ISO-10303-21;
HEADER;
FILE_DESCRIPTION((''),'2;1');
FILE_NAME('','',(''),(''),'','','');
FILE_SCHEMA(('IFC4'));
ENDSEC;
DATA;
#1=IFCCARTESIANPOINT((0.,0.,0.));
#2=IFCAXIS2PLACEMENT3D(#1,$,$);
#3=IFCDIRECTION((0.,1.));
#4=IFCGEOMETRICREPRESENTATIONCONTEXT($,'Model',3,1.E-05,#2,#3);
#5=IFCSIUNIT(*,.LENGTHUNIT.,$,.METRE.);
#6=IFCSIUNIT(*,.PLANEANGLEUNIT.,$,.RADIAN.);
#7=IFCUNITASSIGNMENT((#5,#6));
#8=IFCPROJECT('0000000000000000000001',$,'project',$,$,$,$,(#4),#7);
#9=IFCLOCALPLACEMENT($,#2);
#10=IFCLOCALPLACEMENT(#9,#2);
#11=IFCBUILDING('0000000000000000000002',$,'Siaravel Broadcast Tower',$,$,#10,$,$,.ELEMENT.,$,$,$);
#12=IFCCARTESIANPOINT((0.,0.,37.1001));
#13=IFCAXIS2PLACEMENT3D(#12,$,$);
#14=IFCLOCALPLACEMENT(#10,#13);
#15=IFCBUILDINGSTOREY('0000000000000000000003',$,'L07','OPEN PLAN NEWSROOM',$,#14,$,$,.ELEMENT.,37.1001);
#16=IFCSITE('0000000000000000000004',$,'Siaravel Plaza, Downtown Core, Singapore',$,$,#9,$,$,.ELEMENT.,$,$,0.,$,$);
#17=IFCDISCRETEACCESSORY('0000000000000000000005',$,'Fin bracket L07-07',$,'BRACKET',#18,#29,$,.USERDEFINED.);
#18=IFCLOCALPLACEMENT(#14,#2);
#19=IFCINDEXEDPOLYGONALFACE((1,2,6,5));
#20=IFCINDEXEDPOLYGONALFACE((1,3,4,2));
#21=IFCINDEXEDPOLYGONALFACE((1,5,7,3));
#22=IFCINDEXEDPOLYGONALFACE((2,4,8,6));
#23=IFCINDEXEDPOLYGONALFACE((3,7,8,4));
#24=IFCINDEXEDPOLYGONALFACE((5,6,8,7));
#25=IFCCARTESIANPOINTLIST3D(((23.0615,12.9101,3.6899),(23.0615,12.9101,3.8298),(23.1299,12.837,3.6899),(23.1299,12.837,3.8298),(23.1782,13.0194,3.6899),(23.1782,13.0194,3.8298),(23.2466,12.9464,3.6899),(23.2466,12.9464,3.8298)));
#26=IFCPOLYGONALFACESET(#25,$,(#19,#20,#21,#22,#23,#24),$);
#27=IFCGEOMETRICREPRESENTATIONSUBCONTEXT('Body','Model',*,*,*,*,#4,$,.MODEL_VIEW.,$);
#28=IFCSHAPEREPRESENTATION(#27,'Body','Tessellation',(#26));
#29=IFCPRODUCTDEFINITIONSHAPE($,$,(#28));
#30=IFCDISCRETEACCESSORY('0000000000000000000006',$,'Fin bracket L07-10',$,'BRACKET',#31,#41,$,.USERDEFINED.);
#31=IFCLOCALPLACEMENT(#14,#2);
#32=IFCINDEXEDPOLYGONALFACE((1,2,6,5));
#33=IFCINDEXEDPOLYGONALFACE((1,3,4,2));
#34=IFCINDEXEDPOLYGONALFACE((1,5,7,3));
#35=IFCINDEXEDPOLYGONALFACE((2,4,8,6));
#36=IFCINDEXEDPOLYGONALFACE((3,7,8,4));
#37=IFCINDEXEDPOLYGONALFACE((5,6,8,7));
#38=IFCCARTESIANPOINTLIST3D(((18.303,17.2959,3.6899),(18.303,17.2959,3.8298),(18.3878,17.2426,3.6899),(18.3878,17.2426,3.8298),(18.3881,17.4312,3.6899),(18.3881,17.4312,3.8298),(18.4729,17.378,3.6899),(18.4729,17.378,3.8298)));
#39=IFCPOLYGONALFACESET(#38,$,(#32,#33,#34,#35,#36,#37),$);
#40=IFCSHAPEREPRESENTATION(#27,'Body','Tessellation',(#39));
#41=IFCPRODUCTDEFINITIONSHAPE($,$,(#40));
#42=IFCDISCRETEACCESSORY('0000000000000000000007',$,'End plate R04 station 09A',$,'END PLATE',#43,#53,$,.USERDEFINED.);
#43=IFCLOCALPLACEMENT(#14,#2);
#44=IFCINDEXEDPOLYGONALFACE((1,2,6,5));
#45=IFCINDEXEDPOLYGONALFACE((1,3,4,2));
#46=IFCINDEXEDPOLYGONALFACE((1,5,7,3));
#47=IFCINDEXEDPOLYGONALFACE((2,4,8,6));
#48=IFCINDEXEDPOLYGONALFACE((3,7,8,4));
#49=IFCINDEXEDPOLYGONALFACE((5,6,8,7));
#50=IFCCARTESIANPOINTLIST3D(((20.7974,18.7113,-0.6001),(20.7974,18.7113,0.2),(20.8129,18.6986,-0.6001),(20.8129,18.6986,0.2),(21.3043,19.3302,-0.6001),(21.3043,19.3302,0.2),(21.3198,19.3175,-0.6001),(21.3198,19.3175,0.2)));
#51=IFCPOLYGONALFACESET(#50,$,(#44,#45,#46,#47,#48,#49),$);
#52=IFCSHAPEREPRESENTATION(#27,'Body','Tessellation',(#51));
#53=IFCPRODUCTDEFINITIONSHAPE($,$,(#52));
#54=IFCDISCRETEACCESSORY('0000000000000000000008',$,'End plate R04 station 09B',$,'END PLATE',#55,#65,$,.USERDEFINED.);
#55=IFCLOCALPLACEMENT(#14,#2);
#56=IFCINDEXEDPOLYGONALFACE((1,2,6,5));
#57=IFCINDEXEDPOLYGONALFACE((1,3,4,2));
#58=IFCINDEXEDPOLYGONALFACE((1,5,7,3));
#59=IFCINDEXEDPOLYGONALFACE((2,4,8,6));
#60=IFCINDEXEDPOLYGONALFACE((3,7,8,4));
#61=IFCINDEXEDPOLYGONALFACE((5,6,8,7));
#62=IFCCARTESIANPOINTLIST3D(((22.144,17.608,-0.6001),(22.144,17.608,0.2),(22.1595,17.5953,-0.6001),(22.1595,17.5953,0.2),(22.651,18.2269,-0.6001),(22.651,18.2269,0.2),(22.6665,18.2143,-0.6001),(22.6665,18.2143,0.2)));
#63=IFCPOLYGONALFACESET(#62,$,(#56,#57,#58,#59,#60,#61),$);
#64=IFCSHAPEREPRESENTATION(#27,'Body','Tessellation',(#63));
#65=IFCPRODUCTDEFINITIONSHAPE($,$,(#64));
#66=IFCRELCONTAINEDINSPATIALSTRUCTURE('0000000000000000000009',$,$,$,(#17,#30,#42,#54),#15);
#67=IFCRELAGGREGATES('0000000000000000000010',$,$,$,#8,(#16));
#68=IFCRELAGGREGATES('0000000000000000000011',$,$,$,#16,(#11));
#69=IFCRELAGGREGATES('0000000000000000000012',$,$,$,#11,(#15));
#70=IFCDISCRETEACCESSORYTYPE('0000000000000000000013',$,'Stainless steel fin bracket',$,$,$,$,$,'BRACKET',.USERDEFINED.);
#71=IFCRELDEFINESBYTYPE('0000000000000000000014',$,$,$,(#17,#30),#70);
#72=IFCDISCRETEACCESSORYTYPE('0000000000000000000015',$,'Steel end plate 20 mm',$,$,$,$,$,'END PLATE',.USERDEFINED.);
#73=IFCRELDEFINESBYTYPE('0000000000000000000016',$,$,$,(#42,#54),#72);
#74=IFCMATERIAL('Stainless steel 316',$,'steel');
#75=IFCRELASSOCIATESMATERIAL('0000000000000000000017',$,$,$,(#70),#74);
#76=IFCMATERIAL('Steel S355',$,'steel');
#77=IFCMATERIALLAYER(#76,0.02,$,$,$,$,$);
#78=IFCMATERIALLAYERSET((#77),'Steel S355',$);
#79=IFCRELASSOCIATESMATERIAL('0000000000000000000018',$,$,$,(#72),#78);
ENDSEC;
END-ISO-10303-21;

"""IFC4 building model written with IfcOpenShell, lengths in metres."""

from ifc_helpers import new_model, si_unit, direction, frame, origin, origin_2d, place, context, subcontext, project, spatial, rectangle, extrude, material, layer, layer_set, type_object, element, save


model = new_model("IFC4")

# Units and contexts
model_context = context("Model", 3, precision=1e-05, world=origin(), true_north=direction((0.0, 1.0)))
body_context = subcontext(model_context, "Body", "Model", "MODEL_VIEW")
ifc_project = project(units=[si_unit("LENGTHUNIT", "METRE"), si_unit("PLANEANGLEUNIT", "RADIAN")], contexts=[model_context])

# Site, building, storey
site_placement = place(None, origin())
site = spatial("IfcSite", under=ifc_project, at=site_placement, Name="Siaravel Plaza, Downtown Core, Singapore", CompositionType="ELEMENT", RefElevation=0.0)
building_placement = place(site_placement, origin())
building = spatial("IfcBuilding", under=site, at=building_placement, Name="Siaravel Broadcast Tower", CompositionType="ELEMENT")
storey_placement = place(building_placement, frame((0.0, 0.0, 37.1001)))
storey = spatial("IfcBuildingStorey", under=building, at=storey_placement, Name="L07", Description="OPEN PLAN NEWSROOM", CompositionType="ELEMENT", Elevation=37.1001)

# Shared definitions
ifc_material_1 = material(Name="Steel S355", Category="steel")

# Discrete accessories
ifc_material_2 = material(Name="Stainless steel 316", Category="steel")
discrete_accessory_type_1 = type_object("IfcDiscreteAccessoryType", Name="Stainless steel fin bracket", ElementType="BRACKET", PredefinedType="USERDEFINED", material=ifc_material_2)
for number, where, z_axis, x_axis, name in (
    (1, (23.1541, 12.9282, 3.6899), (0.0, 0.0, 1.0), (0.729804, 0.683656, 0.0), "Fin bracket L07-07"),
    (2, (18.3879, 17.3369, 3.6899), (0.0, 0.0, 1.0), (0.532149, 0.84665, 0.0), "Fin bracket L07-10"),
):
    element("IfcDiscreteAccessory", number, at=place(storey_placement, frame(where, z_axis=z_axis, x_axis=x_axis)), inside=storey, type_object=discrete_accessory_type_1, Name=name, ObjectType="BRACKET", PredefinedType="USERDEFINED", context=body_context, shape_type="SweptSolid", body=[
        extrude(rectangle(XDim=0.1599, YDim=0.1001, at=origin_2d()), origin(), (0.0, 0.0, 1.0), 0.1399),
    ])
ifc_layer_1 = layer(ifc_material_1, 0.02)
ifc_layer_set_1 = layer_set([ifc_layer_1], Name="Steel S355")
discrete_accessory_type_2 = type_object("IfcDiscreteAccessoryType", Name="Steel end plate 20 mm", ElementType="END PLATE", PredefinedType="USERDEFINED", material=ifc_layer_set_1)
for number, where, z_axis, x_axis, name in (
    (3, (21.0586, 19.0144, -0.6001), (0.0, 0.0, 1.0), (-0.773605, 0.633669, 0.0), "End plate R04 station 09A"),
    (4, (22.4053, 17.9111, -0.6001), (0.0, 0.0, 1.0), (-0.773605, 0.633669, 0.0), "End plate R04 station 09B"),
):
    element("IfcDiscreteAccessory", number, at=place(storey_placement, frame(where, z_axis=z_axis, x_axis=x_axis)), inside=storey, type_object=discrete_accessory_type_2, Name=name, ObjectType="END PLATE", PredefinedType="USERDEFINED", context=body_context, shape_type="SweptSolid", body=[
        extrude(rectangle(XDim=0.02, YDim=0.8, at=origin_2d()), origin(), (0.0, 0.0, 1.0), 0.8),
    ])

save(model, "model.ifc")
